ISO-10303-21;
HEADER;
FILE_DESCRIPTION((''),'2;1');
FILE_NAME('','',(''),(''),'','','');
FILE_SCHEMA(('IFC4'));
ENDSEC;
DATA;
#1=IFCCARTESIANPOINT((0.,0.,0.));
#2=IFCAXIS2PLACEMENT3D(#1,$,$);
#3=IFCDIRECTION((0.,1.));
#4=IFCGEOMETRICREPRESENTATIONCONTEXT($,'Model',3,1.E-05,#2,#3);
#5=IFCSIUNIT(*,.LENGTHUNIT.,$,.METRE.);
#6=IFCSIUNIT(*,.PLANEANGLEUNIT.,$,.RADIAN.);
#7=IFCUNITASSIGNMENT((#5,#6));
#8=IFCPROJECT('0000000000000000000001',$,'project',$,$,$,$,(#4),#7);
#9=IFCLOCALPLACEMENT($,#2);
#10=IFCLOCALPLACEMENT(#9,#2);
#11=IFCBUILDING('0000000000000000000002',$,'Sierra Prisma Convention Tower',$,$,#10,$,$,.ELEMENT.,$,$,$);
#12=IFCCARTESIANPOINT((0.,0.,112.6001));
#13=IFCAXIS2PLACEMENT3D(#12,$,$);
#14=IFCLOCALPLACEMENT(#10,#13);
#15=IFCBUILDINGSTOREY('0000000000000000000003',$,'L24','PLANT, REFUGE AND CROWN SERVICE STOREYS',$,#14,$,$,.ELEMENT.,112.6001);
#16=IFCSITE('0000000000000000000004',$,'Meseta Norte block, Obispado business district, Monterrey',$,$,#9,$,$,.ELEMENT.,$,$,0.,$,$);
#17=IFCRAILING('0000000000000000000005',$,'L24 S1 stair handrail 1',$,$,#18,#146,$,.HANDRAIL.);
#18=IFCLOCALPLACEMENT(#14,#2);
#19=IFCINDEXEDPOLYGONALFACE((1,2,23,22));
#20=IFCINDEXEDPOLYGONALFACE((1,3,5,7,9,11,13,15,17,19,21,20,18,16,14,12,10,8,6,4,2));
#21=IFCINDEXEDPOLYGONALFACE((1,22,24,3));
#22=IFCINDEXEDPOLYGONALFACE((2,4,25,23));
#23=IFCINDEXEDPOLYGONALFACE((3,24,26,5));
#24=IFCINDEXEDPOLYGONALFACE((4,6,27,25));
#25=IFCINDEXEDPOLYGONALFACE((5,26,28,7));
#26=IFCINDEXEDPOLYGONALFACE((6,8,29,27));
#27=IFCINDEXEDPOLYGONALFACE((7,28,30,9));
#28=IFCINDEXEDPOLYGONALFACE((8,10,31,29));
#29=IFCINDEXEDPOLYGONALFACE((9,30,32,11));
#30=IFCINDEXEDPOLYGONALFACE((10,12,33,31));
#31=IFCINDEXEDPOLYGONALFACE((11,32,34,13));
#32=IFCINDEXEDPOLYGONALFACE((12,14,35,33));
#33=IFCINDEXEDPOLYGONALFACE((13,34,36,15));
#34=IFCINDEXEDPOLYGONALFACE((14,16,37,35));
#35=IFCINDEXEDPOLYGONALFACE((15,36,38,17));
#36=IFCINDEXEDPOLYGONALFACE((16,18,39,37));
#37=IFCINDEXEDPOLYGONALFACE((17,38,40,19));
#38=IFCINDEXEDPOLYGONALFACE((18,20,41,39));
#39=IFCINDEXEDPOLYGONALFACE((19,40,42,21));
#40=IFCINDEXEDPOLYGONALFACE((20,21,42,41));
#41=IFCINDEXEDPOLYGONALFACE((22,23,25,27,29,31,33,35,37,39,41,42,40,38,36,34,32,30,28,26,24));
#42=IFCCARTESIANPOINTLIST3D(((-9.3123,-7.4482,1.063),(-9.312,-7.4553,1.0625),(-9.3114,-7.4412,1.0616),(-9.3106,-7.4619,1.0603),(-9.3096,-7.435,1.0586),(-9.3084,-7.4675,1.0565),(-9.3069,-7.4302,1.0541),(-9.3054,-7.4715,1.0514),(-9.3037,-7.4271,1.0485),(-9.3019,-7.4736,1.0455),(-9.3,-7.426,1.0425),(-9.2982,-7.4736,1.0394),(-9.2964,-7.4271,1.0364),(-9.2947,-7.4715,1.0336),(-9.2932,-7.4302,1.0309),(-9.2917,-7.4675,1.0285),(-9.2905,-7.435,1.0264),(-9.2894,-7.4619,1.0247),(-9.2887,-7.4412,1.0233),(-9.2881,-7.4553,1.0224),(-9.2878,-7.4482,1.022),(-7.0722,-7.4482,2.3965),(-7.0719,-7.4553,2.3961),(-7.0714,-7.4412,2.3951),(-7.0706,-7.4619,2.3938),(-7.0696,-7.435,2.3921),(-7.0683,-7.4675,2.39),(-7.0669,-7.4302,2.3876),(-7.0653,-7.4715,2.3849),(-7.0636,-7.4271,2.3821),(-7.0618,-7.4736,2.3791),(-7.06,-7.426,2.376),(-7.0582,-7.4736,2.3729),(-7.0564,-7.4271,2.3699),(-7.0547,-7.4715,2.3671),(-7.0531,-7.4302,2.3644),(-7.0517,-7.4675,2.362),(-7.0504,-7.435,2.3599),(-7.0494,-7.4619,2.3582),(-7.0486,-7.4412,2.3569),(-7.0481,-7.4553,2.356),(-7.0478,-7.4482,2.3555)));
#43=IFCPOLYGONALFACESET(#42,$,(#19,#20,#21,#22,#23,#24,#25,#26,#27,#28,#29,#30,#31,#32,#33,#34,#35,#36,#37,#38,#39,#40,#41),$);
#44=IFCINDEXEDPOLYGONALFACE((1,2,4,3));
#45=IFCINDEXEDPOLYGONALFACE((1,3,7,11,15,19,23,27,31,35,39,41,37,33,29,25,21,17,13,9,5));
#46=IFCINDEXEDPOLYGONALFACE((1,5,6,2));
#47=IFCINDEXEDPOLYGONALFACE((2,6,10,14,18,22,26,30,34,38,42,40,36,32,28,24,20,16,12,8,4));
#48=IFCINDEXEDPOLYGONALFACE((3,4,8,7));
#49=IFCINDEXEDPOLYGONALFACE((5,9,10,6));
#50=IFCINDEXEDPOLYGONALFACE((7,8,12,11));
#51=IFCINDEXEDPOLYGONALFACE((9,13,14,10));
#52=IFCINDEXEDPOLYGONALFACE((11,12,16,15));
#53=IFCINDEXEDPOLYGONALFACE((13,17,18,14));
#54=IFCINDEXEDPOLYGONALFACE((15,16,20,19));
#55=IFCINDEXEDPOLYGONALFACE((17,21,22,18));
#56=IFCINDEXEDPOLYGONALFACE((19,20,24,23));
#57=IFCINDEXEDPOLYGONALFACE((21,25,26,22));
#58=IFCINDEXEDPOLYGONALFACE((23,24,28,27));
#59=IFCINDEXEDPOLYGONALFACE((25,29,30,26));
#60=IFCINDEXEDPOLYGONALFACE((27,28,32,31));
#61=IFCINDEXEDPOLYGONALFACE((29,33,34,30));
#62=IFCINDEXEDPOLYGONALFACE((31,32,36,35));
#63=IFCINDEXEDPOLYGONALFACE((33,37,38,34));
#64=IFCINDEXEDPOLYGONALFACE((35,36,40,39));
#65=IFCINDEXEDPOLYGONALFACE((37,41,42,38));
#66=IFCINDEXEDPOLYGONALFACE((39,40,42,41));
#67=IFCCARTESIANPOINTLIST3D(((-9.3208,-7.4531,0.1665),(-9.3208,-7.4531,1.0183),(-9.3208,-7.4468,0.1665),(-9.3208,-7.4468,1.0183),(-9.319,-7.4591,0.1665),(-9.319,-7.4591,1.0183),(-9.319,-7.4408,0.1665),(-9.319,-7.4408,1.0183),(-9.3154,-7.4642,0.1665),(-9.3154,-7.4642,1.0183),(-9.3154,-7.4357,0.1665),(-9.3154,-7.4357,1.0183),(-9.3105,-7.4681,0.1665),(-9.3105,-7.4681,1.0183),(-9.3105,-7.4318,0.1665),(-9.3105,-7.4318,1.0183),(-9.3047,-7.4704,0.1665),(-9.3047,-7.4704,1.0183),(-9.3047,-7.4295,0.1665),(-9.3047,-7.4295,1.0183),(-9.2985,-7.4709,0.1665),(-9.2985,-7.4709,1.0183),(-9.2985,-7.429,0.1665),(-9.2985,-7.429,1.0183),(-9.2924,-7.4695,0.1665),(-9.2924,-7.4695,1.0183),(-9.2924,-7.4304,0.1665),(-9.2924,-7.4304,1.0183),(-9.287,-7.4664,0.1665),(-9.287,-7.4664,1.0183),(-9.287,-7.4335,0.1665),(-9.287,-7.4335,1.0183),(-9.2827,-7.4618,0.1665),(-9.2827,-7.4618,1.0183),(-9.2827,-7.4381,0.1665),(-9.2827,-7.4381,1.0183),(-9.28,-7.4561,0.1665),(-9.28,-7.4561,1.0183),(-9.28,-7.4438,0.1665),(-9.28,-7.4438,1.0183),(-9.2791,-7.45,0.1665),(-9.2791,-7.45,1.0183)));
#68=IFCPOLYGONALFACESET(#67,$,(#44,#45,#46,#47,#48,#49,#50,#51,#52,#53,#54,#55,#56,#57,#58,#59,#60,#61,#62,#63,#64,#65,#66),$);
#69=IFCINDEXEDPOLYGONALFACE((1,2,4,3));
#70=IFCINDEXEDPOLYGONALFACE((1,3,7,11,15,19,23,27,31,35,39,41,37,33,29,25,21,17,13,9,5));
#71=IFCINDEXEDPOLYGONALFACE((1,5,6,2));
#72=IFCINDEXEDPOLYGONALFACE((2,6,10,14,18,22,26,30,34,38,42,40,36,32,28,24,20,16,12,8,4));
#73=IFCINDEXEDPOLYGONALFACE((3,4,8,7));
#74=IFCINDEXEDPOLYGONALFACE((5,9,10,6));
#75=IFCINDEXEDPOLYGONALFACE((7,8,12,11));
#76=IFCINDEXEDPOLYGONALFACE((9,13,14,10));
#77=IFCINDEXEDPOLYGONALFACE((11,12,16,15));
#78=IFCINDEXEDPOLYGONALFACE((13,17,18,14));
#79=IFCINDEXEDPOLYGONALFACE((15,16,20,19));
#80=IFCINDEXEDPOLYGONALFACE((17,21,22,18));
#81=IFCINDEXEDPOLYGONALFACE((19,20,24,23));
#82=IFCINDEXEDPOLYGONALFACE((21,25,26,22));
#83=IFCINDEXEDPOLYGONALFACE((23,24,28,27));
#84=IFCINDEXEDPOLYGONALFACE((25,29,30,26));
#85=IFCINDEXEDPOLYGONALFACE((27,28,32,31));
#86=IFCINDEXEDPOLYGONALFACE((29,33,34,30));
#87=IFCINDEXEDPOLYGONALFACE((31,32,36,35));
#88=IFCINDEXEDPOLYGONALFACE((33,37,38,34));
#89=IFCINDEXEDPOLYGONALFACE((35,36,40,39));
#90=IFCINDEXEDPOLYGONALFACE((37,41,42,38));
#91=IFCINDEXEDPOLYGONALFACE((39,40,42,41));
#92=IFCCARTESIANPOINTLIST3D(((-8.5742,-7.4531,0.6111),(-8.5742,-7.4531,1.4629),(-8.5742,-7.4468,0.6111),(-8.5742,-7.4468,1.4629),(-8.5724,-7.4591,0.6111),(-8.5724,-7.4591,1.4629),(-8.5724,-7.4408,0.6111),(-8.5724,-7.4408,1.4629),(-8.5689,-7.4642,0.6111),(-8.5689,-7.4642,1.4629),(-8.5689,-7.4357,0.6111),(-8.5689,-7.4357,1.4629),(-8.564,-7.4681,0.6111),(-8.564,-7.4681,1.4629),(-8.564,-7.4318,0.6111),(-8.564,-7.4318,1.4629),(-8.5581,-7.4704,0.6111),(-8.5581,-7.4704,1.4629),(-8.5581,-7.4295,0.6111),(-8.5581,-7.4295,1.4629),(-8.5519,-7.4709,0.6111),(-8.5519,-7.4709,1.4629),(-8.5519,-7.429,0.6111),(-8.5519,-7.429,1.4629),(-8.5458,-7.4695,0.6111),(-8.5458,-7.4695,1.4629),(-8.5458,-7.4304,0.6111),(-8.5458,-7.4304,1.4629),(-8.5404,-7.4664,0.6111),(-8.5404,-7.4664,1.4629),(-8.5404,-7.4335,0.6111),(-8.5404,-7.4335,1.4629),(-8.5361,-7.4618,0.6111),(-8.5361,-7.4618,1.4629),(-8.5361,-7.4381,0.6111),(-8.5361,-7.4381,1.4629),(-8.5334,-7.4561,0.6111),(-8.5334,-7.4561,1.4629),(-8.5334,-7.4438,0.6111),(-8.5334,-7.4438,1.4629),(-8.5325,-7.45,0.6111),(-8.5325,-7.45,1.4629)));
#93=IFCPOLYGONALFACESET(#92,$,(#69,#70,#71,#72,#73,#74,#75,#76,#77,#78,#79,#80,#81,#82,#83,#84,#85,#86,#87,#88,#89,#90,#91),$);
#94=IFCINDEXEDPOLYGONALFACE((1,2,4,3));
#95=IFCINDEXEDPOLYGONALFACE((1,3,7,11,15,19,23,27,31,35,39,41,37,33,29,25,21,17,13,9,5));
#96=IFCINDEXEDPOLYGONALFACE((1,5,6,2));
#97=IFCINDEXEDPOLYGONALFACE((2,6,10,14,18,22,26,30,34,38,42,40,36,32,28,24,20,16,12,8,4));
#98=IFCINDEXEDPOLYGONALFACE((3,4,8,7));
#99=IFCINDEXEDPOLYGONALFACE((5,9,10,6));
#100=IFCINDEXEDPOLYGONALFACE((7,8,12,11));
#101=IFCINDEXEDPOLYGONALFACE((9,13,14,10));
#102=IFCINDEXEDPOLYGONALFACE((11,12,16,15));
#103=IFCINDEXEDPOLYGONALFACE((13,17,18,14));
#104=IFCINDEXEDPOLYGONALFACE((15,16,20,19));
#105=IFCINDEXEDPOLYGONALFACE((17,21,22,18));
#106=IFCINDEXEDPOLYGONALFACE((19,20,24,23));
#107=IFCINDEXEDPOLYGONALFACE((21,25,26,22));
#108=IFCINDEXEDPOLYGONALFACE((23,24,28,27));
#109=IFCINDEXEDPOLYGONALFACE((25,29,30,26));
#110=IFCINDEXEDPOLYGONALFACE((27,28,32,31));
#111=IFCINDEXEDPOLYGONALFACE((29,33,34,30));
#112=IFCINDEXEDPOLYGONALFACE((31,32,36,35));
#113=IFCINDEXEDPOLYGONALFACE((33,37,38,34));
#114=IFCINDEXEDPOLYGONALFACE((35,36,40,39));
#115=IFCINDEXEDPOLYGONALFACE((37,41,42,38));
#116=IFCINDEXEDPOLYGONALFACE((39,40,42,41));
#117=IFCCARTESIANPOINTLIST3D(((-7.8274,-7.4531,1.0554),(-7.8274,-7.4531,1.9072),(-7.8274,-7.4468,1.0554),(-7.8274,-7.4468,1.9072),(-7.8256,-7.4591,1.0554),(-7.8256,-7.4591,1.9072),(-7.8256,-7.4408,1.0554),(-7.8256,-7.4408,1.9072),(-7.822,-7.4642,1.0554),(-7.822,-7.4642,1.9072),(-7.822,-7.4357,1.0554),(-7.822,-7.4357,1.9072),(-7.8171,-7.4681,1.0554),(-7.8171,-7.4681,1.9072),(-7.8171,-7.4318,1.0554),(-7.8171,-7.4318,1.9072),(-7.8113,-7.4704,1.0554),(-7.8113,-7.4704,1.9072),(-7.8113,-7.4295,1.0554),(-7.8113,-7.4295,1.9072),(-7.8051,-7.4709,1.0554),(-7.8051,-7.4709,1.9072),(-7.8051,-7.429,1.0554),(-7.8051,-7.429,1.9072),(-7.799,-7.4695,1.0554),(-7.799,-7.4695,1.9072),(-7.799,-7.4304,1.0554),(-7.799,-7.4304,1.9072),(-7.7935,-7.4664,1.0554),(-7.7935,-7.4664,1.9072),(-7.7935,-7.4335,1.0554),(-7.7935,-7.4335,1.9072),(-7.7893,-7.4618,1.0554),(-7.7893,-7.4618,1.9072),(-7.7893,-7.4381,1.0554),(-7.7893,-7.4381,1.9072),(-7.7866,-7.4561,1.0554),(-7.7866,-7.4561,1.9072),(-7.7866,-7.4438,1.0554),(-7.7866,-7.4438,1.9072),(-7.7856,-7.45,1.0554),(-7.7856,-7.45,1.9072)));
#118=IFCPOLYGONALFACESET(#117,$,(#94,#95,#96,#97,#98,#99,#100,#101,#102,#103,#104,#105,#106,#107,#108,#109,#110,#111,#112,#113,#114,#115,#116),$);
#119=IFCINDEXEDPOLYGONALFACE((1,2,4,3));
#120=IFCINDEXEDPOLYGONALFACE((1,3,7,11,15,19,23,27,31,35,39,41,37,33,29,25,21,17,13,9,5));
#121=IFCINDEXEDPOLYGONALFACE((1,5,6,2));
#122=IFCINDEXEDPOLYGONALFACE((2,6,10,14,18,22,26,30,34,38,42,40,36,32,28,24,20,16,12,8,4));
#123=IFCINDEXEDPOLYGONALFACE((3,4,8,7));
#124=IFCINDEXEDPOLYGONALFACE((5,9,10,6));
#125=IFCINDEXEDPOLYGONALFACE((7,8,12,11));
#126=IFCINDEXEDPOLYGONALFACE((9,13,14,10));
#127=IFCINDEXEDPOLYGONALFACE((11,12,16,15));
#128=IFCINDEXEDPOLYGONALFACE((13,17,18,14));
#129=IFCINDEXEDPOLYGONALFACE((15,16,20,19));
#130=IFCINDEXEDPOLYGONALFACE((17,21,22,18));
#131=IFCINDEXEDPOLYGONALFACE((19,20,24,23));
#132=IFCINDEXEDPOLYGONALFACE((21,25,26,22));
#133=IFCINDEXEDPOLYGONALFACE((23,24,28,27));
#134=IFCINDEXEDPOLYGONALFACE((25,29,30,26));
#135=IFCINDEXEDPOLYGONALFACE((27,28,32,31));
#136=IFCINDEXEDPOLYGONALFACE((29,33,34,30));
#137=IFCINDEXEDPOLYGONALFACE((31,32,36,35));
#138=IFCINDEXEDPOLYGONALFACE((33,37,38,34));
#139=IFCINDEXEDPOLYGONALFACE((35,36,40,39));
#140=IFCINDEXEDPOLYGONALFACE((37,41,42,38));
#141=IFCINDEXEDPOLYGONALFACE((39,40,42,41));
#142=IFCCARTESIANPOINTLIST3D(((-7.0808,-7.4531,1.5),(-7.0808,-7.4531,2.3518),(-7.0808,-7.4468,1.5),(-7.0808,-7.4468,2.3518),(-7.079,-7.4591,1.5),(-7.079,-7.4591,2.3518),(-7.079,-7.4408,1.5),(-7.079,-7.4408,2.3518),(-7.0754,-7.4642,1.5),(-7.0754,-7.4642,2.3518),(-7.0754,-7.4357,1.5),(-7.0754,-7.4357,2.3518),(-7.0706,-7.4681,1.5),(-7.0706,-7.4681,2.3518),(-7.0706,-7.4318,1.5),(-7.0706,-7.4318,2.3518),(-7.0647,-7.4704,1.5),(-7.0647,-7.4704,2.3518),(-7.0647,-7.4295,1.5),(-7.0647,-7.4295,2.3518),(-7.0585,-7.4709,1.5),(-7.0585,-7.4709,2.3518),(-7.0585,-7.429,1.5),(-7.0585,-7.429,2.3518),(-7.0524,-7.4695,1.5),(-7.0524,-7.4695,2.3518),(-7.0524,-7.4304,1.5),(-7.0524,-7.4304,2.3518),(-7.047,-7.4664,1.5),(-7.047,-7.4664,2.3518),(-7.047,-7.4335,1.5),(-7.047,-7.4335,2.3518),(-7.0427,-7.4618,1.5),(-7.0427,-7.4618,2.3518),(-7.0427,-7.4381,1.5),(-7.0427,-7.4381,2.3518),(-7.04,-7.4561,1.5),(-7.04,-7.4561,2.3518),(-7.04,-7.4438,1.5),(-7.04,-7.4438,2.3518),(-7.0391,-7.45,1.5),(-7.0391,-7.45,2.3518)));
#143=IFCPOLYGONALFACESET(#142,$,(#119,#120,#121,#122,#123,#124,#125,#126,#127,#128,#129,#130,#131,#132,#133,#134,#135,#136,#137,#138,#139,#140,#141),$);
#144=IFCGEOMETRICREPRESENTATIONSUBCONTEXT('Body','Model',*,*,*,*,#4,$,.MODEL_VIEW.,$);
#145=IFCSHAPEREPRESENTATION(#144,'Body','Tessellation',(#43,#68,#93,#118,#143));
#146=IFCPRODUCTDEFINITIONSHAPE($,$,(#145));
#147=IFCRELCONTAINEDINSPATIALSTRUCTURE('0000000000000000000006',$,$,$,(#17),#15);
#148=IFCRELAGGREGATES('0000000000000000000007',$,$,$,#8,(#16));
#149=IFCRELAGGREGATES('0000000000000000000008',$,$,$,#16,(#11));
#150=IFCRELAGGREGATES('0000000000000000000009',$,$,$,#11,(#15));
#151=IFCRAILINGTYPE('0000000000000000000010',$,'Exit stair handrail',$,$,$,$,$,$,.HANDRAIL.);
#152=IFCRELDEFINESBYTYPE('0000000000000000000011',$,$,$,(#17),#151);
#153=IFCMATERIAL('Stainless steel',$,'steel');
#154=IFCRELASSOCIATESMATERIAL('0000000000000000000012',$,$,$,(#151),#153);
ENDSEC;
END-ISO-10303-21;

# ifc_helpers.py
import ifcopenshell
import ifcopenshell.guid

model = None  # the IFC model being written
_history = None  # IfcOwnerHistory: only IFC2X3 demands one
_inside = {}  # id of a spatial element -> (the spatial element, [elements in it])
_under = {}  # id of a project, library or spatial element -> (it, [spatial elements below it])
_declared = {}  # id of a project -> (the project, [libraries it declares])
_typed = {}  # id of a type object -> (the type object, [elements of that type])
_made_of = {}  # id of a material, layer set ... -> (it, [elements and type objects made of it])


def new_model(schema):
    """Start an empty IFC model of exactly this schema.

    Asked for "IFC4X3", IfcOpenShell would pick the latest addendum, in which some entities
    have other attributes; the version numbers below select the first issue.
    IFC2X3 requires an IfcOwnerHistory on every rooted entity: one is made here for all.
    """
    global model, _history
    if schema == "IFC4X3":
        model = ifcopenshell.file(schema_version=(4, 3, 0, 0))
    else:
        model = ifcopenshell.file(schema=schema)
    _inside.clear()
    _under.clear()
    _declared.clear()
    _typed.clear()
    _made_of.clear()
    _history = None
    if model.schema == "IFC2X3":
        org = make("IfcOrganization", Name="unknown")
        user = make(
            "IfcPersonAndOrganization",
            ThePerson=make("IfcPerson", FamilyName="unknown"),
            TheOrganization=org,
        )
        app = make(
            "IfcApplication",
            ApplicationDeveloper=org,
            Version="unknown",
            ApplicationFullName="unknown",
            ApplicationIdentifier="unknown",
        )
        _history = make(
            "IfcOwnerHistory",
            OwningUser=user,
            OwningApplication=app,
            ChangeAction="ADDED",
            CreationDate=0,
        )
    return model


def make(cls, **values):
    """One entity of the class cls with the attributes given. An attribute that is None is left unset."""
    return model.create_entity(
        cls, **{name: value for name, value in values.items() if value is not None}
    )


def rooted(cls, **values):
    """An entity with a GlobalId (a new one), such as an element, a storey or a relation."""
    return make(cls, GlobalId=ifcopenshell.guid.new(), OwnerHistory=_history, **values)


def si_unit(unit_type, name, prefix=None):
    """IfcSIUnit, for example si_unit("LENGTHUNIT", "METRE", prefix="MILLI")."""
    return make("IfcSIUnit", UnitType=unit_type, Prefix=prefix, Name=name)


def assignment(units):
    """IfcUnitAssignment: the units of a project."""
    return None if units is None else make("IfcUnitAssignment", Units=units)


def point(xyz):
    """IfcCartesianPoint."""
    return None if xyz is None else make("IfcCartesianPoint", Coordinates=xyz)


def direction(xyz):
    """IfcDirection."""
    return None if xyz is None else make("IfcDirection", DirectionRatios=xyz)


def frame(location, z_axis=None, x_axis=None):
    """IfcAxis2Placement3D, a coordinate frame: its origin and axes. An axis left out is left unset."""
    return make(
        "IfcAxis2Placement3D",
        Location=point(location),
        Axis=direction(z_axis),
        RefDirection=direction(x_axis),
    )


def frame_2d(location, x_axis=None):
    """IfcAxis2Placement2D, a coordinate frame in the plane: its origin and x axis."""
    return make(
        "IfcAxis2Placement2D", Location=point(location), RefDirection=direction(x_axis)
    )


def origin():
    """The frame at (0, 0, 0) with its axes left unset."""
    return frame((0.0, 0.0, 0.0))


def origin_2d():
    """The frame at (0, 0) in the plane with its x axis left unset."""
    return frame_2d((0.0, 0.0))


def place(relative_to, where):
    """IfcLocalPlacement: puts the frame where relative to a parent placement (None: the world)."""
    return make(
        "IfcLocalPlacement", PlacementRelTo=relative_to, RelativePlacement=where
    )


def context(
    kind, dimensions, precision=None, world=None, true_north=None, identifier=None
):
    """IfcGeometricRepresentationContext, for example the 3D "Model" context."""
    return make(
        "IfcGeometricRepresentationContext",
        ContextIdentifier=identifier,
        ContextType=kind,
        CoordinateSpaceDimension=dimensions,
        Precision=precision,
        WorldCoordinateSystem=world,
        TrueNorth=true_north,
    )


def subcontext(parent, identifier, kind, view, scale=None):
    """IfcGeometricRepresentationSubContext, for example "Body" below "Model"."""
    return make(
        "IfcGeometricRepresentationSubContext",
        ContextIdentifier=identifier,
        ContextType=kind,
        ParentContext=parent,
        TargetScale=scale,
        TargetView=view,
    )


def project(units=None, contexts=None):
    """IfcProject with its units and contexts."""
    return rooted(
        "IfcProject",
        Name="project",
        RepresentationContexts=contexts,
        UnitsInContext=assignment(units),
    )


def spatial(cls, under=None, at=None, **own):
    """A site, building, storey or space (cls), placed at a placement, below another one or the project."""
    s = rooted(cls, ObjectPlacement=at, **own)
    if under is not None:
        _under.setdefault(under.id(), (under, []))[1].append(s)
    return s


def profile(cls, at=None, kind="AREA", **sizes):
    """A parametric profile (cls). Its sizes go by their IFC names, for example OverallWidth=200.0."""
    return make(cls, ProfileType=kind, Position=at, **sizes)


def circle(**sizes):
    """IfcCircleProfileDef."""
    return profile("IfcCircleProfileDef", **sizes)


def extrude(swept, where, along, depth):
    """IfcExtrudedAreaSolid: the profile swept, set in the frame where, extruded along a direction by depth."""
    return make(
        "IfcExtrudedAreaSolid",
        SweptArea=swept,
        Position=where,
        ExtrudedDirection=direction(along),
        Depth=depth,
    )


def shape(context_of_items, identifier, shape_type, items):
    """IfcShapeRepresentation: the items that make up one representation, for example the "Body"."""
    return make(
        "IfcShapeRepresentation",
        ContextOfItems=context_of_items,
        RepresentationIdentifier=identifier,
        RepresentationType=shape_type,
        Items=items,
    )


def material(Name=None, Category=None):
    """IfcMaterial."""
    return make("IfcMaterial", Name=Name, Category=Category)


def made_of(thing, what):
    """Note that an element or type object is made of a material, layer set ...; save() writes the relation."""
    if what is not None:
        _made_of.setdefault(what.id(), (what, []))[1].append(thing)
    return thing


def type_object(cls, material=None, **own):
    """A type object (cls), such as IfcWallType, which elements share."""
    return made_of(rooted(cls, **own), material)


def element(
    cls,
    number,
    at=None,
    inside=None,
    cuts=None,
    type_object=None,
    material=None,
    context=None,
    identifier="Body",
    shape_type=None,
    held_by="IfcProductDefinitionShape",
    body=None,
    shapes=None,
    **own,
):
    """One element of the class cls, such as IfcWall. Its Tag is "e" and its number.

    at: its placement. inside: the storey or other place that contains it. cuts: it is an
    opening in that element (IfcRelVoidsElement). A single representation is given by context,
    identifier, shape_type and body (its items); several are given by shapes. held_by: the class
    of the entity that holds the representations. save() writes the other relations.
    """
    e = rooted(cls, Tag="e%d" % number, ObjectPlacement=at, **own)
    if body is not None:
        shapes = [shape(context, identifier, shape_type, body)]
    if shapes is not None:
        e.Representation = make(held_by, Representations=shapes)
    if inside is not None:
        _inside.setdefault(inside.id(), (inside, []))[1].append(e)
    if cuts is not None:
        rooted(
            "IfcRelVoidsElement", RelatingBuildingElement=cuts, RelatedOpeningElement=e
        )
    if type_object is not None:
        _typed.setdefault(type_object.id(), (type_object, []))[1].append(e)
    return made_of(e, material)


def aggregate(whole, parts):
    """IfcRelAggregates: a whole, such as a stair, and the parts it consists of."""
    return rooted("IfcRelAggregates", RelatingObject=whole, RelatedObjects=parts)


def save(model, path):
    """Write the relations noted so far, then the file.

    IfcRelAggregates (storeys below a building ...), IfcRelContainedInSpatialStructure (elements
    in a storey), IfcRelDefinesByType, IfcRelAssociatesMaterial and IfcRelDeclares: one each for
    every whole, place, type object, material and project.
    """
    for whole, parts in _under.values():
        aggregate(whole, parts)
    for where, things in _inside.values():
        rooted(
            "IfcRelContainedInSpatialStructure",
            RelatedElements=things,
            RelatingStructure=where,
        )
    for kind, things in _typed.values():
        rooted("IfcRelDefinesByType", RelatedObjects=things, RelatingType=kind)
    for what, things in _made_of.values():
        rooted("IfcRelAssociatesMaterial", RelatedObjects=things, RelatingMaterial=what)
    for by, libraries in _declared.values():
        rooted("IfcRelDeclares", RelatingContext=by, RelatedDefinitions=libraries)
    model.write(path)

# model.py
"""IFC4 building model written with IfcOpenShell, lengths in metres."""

from ifc_helpers import new_model, si_unit, direction, frame, origin, origin_2d, place, context, subcontext, project, spatial, circle, extrude, material, type_object, element, save


model = new_model("IFC4")

# Units and contexts
model_context = context("Model", 3, precision=1e-05, world=origin(), true_north=direction((0.0, 1.0)))
body_context = subcontext(model_context, "Body", "Model", "MODEL_VIEW")
ifc_project = project(units=[si_unit("LENGTHUNIT", "METRE"), si_unit("PLANEANGLEUNIT", "RADIAN")], contexts=[model_context])

# Site, building, storey
site_placement = place(None, origin())
site = spatial("IfcSite", under=ifc_project, at=site_placement, Name="Meseta Norte block, Obispado business district, Monterrey", CompositionType="ELEMENT", RefElevation=0.0)
building_placement = place(site_placement, origin())
building = spatial("IfcBuilding", under=site, at=building_placement, Name="Sierra Prisma Convention Tower", CompositionType="ELEMENT")
storey_placement = place(building_placement, frame((0.0, 0.0, 112.6001)))
storey = spatial("IfcBuildingStorey", under=building, at=storey_placement, Name="L24", Description="PLANT, REFUGE AND CROWN SERVICE STOREYS", CompositionType="ELEMENT", Elevation=112.6001)

# Railing
ifc_material_1 = material(Name="Stainless steel", Category="steel")
railing_type = type_object("IfcRailingType", Name="Exit stair handrail", PredefinedType="HANDRAIL", material=ifc_material_1)
for number, where, name in (
    (1, (-9.3, -7.45, 0.1665), "L24 S1 stair handrail 1"),
):
    element("IfcRailing", number, at=place(storey_placement, frame(where)), inside=storey, type_object=railing_type, Name=name, PredefinedType="HANDRAIL", context=body_context, shape_type="SweptSolid", body=[
        extrude(circle(Radius=0.0239, at=origin_2d()), frame((0.0, 0.0, 0.876), z_axis=(0.859264, 0.0, 0.511532), x_axis=(0.0, 1.0, 0.0)), (0.0, 0.0, 1.0), 2.6069),
        extrude(circle(Radius=0.021, at=origin_2d()), origin(), (0.0, 0.0, 1.0), 0.8518),
        extrude(circle(Radius=0.021, at=origin_2d()), frame((0.7466, 0.0, 0.4446)), (0.0, 0.0, 1.0), 0.8518),
        extrude(circle(Radius=0.021, at=origin_2d()), frame((1.4934, 0.0, 0.8889)), (0.0, 0.0, 1.0), 0.8518),
        extrude(circle(Radius=0.021, at=origin_2d()), frame((2.24, 0.0, 1.3335)), (0.0, 0.0, 1.0), 0.8518),
    ])

save(model, "model.ifc")
